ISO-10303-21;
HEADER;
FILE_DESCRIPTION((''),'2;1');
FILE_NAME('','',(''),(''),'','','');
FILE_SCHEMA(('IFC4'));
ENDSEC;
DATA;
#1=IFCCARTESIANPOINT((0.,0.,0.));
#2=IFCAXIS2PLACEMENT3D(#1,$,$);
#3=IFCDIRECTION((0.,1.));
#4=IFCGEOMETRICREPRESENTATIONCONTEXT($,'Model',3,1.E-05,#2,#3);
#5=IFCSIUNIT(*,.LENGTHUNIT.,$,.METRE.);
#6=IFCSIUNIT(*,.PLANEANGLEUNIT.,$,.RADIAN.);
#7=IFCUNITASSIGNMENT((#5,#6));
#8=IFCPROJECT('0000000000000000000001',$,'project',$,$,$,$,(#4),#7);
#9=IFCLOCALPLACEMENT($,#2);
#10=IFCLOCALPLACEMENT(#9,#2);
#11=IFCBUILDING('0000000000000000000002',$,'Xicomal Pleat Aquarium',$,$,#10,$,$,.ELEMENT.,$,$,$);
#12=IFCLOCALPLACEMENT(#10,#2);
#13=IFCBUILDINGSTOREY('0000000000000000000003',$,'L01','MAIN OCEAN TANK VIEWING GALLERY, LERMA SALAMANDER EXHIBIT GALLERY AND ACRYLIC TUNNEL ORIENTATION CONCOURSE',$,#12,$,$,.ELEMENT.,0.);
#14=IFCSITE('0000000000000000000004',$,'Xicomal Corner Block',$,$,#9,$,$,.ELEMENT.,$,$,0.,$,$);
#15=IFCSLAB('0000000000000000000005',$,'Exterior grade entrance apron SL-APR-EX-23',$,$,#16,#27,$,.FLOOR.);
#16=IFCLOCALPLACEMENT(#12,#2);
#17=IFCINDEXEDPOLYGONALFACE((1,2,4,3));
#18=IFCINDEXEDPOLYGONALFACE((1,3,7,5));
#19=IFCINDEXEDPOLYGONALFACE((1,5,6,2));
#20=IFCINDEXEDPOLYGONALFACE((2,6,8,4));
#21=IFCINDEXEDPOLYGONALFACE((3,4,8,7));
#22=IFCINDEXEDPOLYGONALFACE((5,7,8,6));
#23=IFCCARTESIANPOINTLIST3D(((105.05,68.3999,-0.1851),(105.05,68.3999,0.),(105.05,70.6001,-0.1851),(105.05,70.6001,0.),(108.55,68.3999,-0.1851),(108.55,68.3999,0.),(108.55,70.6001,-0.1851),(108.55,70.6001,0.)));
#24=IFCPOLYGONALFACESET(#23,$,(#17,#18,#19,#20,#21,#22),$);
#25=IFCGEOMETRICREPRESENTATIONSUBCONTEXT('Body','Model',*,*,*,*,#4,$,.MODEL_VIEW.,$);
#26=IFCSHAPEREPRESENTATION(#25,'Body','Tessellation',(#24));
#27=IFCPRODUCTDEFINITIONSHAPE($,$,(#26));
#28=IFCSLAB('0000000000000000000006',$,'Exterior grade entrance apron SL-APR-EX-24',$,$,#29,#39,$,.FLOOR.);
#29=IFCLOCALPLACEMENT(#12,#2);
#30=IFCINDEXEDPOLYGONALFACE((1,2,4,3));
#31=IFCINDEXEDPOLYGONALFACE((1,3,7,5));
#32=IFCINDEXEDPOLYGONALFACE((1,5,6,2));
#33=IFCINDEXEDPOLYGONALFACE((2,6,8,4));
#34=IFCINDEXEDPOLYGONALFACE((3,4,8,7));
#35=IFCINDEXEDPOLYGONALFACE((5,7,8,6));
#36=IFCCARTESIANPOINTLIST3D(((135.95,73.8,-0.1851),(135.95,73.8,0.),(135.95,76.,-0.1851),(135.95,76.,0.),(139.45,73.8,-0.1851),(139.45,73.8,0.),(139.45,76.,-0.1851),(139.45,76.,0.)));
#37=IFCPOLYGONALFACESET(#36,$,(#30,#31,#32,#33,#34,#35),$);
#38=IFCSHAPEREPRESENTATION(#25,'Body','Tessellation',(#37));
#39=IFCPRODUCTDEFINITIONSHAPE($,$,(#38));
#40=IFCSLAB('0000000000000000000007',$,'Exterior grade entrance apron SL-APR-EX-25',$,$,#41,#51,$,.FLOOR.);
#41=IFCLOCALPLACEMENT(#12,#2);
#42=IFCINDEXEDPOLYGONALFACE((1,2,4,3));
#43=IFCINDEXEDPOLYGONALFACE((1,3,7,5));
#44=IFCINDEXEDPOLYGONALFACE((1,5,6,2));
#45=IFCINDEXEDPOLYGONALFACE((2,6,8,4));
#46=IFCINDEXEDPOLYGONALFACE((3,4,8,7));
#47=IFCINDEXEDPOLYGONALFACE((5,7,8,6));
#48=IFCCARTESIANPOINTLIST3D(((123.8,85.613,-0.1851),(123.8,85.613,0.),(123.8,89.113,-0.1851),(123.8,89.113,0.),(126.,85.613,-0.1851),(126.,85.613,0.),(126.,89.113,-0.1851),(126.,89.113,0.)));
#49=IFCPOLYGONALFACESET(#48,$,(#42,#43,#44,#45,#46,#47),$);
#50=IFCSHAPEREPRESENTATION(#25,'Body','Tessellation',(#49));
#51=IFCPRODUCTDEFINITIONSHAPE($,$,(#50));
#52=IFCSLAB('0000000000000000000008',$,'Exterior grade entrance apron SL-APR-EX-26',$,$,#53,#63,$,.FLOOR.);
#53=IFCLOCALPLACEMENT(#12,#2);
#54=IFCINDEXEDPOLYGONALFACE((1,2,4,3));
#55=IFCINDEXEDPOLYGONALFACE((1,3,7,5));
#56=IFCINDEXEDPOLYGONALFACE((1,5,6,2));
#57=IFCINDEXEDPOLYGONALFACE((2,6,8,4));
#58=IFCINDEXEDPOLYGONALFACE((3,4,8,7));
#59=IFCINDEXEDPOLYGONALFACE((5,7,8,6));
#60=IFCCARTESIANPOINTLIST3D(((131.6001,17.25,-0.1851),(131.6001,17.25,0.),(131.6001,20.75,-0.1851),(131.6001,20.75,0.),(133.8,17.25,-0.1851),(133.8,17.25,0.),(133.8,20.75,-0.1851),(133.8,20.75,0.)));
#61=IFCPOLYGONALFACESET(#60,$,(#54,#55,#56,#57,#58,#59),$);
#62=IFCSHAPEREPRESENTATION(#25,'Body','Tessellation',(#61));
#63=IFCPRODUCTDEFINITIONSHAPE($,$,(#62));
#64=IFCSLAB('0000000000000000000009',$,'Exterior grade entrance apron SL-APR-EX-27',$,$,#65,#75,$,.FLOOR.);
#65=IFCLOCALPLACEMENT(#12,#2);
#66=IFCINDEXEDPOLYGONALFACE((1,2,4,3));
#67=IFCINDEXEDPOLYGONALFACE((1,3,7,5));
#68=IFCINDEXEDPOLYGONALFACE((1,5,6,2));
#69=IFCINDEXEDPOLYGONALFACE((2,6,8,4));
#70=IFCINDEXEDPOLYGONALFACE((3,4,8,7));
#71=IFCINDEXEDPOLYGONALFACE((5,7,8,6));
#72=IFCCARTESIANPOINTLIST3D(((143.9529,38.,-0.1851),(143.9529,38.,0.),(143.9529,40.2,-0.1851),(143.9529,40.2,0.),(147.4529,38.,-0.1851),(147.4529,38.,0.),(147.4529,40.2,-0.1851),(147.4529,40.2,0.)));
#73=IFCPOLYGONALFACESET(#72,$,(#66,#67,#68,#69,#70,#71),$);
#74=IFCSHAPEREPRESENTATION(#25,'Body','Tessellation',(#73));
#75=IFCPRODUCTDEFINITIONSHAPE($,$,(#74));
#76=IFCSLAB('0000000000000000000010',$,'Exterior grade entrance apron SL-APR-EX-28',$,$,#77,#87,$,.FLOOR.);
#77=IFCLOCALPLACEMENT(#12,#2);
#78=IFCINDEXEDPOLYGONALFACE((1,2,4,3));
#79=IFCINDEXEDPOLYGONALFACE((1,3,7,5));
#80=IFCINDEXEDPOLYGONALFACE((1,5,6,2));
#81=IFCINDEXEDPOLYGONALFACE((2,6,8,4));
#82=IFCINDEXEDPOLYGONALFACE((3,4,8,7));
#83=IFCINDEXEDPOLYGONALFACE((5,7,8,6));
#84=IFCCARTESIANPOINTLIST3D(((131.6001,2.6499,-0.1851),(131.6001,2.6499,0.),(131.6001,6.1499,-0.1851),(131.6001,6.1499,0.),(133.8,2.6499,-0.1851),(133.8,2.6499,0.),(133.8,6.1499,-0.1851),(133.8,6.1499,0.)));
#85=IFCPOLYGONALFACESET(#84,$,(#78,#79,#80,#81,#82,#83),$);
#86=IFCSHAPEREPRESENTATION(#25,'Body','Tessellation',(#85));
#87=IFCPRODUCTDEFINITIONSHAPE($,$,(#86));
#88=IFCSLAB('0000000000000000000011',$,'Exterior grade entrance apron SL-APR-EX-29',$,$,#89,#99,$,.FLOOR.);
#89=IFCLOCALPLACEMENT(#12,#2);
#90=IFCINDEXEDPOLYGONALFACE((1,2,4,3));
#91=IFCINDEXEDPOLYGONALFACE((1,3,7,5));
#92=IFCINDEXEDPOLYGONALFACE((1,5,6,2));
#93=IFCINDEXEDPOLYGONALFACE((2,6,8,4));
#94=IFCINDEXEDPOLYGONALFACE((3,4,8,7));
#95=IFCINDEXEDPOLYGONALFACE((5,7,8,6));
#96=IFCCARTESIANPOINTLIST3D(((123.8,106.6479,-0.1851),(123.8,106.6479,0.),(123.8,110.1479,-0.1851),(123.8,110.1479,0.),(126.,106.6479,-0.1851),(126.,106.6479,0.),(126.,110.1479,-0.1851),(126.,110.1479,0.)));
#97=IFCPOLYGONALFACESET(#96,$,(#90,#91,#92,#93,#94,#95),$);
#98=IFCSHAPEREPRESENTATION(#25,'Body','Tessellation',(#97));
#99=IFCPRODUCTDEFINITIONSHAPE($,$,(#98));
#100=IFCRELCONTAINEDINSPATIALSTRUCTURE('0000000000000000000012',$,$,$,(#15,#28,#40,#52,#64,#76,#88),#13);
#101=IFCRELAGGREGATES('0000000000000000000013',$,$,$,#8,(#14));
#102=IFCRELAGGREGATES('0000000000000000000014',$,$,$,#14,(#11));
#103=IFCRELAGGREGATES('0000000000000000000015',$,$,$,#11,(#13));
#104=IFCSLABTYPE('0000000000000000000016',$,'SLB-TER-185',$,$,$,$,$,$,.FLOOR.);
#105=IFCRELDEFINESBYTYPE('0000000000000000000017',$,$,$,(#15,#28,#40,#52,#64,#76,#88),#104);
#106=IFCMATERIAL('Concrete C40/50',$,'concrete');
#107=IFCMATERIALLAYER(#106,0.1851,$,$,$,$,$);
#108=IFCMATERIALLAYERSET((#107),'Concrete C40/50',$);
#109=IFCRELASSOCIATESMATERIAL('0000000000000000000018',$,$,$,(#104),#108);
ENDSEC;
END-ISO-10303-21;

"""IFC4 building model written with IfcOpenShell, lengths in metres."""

from ifc_helpers import new_model, si_unit, direction, frame, origin, place, context, subcontext, project, spatial, polyline, outline, extrude, material, layer, layer_set, type_object, element, save


model = new_model("IFC4")

# Units and contexts
model_context = context("Model", 3, precision=1e-05, world=origin(), true_north=direction((0.0, 1.0)))
body_context = subcontext(model_context, "Body", "Model", "MODEL_VIEW")
ifc_project = project(units=[si_unit("LENGTHUNIT", "METRE"), si_unit("PLANEANGLEUNIT", "RADIAN")], contexts=[model_context])

# Site, building, storey
site_placement = place(None, origin())
site = spatial("IfcSite", under=ifc_project, at=site_placement, Name="Xicomal Corner Block", CompositionType="ELEMENT", RefElevation=0.0)
building_placement = place(site_placement, origin())
building = spatial("IfcBuilding", under=site, at=building_placement, Name="Xicomal Pleat Aquarium", CompositionType="ELEMENT")
storey_placement = place(building_placement, origin())
storey = spatial("IfcBuildingStorey", under=building, at=storey_placement, Name="L01", Description="MAIN OCEAN TANK VIEWING GALLERY, LERMA SALAMANDER EXHIBIT GALLERY AND ACRYLIC TUNNEL ORIENTATION CONCOURSE", CompositionType="ELEMENT", Elevation=0.0)

# Slabs
ifc_material_1 = material(Name="Concrete C40/50", Category="concrete")
ifc_layer_1 = layer(ifc_material_1, 0.1851)
ifc_layer_set_1 = layer_set([ifc_layer_1], Name="Concrete C40/50")
slab_type_1 = type_object("IfcSlabType", Name="SLB-TER-185", PredefinedType="FLOOR", material=ifc_layer_set_1)
slab_1_placement = place(storey_placement, frame((0.0, 0.0, -0.1851)))
element("IfcSlab", 1, at=slab_1_placement, inside=storey, type_object=slab_type_1, Name="Exterior grade entrance apron SL-APR-EX-23", PredefinedType="FLOOR", context=body_context, shape_type="SweptSolid", body=[
    extrude(outline(polyline([(105.05, 70.6001), (108.55, 70.6001), (108.55, 68.3999), (105.05, 68.3999), (105.05, 70.6001)])), origin(), (0.0, 0.0, 1.0), 0.1851),
])
slab_2_placement = place(storey_placement, frame((0.0, 0.0, -0.1851)))
element("IfcSlab", 2, at=slab_2_placement, inside=storey, type_object=slab_type_1, Name="Exterior grade entrance apron SL-APR-EX-24", PredefinedType="FLOOR", context=body_context, shape_type="SweptSolid", body=[
    extrude(outline(polyline([(139.45, 73.8), (135.95, 73.8), (135.95, 76.0), (139.45, 76.0), (139.45, 73.8)])), origin(), (0.0, 0.0, 1.0), 0.1851),
])
slab_3_placement = place(storey_placement, frame((0.0, 0.0, -0.1851)))
element("IfcSlab", 3, at=slab_3_placement, inside=storey, type_object=slab_type_1, Name="Exterior grade entrance apron SL-APR-EX-25", PredefinedType="FLOOR", context=body_context, shape_type="SweptSolid", body=[
    extrude(outline(polyline([(123.8, 85.613), (123.8, 89.113), (126.0, 89.113), (126.0, 85.613), (123.8, 85.613)])), origin(), (0.0, 0.0, 1.0), 0.1851),
])
slab_4_placement = place(storey_placement, frame((0.0, 0.0, -0.1851)))
element("IfcSlab", 4, at=slab_4_placement, inside=storey, type_object=slab_type_1, Name="Exterior grade entrance apron SL-APR-EX-26", PredefinedType="FLOOR", context=body_context, shape_type="SweptSolid", body=[
    extrude(outline(polyline([(131.6001, 17.25), (131.6001, 20.75), (133.8, 20.75), (133.8, 17.25), (131.6001, 17.25)])), origin(), (0.0, 0.0, 1.0), 0.1851),
])
slab_5_placement = place(storey_placement, frame((0.0, 0.0, -0.1851)))
element("IfcSlab", 5, at=slab_5_placement, inside=storey, type_object=slab_type_1, Name="Exterior grade entrance apron SL-APR-EX-27", PredefinedType="FLOOR", context=body_context, shape_type="SweptSolid", body=[
    extrude(outline(polyline([(143.9529, 40.2), (147.4529, 40.2), (147.4529, 38.0), (143.9529, 38.0), (143.9529, 40.2)])), origin(), (0.0, 0.0, 1.0), 0.1851),
])
slab_6_placement = place(storey_placement, frame((0.0, 0.0, -0.1851)))
element("IfcSlab", 6, at=slab_6_placement, inside=storey, type_object=slab_type_1, Name="Exterior grade entrance apron SL-APR-EX-28", PredefinedType="FLOOR", context=body_context, shape_type="SweptSolid", body=[
    extrude(outline(polyline([(131.6001, 2.6499), (131.6001, 6.1499), (133.8, 6.1499), (133.8, 2.6499), (131.6001, 2.6499)])), origin(), (0.0, 0.0, 1.0), 0.1851),
])
slab_7_placement = place(storey_placement, frame((0.0, 0.0, -0.1851)))
element("IfcSlab", 7, at=slab_7_placement, inside=storey, type_object=slab_type_1, Name="Exterior grade entrance apron SL-APR-EX-29", PredefinedType="FLOOR", context=body_context, shape_type="SweptSolid", body=[
    extrude(outline(polyline([(123.8, 106.6479), (123.8, 110.1479), (126.0, 110.1479), (126.0, 106.6479), (123.8, 106.6479)])), origin(), (0.0, 0.0, 1.0), 0.1851),
])

save(model, "model.ifc")
